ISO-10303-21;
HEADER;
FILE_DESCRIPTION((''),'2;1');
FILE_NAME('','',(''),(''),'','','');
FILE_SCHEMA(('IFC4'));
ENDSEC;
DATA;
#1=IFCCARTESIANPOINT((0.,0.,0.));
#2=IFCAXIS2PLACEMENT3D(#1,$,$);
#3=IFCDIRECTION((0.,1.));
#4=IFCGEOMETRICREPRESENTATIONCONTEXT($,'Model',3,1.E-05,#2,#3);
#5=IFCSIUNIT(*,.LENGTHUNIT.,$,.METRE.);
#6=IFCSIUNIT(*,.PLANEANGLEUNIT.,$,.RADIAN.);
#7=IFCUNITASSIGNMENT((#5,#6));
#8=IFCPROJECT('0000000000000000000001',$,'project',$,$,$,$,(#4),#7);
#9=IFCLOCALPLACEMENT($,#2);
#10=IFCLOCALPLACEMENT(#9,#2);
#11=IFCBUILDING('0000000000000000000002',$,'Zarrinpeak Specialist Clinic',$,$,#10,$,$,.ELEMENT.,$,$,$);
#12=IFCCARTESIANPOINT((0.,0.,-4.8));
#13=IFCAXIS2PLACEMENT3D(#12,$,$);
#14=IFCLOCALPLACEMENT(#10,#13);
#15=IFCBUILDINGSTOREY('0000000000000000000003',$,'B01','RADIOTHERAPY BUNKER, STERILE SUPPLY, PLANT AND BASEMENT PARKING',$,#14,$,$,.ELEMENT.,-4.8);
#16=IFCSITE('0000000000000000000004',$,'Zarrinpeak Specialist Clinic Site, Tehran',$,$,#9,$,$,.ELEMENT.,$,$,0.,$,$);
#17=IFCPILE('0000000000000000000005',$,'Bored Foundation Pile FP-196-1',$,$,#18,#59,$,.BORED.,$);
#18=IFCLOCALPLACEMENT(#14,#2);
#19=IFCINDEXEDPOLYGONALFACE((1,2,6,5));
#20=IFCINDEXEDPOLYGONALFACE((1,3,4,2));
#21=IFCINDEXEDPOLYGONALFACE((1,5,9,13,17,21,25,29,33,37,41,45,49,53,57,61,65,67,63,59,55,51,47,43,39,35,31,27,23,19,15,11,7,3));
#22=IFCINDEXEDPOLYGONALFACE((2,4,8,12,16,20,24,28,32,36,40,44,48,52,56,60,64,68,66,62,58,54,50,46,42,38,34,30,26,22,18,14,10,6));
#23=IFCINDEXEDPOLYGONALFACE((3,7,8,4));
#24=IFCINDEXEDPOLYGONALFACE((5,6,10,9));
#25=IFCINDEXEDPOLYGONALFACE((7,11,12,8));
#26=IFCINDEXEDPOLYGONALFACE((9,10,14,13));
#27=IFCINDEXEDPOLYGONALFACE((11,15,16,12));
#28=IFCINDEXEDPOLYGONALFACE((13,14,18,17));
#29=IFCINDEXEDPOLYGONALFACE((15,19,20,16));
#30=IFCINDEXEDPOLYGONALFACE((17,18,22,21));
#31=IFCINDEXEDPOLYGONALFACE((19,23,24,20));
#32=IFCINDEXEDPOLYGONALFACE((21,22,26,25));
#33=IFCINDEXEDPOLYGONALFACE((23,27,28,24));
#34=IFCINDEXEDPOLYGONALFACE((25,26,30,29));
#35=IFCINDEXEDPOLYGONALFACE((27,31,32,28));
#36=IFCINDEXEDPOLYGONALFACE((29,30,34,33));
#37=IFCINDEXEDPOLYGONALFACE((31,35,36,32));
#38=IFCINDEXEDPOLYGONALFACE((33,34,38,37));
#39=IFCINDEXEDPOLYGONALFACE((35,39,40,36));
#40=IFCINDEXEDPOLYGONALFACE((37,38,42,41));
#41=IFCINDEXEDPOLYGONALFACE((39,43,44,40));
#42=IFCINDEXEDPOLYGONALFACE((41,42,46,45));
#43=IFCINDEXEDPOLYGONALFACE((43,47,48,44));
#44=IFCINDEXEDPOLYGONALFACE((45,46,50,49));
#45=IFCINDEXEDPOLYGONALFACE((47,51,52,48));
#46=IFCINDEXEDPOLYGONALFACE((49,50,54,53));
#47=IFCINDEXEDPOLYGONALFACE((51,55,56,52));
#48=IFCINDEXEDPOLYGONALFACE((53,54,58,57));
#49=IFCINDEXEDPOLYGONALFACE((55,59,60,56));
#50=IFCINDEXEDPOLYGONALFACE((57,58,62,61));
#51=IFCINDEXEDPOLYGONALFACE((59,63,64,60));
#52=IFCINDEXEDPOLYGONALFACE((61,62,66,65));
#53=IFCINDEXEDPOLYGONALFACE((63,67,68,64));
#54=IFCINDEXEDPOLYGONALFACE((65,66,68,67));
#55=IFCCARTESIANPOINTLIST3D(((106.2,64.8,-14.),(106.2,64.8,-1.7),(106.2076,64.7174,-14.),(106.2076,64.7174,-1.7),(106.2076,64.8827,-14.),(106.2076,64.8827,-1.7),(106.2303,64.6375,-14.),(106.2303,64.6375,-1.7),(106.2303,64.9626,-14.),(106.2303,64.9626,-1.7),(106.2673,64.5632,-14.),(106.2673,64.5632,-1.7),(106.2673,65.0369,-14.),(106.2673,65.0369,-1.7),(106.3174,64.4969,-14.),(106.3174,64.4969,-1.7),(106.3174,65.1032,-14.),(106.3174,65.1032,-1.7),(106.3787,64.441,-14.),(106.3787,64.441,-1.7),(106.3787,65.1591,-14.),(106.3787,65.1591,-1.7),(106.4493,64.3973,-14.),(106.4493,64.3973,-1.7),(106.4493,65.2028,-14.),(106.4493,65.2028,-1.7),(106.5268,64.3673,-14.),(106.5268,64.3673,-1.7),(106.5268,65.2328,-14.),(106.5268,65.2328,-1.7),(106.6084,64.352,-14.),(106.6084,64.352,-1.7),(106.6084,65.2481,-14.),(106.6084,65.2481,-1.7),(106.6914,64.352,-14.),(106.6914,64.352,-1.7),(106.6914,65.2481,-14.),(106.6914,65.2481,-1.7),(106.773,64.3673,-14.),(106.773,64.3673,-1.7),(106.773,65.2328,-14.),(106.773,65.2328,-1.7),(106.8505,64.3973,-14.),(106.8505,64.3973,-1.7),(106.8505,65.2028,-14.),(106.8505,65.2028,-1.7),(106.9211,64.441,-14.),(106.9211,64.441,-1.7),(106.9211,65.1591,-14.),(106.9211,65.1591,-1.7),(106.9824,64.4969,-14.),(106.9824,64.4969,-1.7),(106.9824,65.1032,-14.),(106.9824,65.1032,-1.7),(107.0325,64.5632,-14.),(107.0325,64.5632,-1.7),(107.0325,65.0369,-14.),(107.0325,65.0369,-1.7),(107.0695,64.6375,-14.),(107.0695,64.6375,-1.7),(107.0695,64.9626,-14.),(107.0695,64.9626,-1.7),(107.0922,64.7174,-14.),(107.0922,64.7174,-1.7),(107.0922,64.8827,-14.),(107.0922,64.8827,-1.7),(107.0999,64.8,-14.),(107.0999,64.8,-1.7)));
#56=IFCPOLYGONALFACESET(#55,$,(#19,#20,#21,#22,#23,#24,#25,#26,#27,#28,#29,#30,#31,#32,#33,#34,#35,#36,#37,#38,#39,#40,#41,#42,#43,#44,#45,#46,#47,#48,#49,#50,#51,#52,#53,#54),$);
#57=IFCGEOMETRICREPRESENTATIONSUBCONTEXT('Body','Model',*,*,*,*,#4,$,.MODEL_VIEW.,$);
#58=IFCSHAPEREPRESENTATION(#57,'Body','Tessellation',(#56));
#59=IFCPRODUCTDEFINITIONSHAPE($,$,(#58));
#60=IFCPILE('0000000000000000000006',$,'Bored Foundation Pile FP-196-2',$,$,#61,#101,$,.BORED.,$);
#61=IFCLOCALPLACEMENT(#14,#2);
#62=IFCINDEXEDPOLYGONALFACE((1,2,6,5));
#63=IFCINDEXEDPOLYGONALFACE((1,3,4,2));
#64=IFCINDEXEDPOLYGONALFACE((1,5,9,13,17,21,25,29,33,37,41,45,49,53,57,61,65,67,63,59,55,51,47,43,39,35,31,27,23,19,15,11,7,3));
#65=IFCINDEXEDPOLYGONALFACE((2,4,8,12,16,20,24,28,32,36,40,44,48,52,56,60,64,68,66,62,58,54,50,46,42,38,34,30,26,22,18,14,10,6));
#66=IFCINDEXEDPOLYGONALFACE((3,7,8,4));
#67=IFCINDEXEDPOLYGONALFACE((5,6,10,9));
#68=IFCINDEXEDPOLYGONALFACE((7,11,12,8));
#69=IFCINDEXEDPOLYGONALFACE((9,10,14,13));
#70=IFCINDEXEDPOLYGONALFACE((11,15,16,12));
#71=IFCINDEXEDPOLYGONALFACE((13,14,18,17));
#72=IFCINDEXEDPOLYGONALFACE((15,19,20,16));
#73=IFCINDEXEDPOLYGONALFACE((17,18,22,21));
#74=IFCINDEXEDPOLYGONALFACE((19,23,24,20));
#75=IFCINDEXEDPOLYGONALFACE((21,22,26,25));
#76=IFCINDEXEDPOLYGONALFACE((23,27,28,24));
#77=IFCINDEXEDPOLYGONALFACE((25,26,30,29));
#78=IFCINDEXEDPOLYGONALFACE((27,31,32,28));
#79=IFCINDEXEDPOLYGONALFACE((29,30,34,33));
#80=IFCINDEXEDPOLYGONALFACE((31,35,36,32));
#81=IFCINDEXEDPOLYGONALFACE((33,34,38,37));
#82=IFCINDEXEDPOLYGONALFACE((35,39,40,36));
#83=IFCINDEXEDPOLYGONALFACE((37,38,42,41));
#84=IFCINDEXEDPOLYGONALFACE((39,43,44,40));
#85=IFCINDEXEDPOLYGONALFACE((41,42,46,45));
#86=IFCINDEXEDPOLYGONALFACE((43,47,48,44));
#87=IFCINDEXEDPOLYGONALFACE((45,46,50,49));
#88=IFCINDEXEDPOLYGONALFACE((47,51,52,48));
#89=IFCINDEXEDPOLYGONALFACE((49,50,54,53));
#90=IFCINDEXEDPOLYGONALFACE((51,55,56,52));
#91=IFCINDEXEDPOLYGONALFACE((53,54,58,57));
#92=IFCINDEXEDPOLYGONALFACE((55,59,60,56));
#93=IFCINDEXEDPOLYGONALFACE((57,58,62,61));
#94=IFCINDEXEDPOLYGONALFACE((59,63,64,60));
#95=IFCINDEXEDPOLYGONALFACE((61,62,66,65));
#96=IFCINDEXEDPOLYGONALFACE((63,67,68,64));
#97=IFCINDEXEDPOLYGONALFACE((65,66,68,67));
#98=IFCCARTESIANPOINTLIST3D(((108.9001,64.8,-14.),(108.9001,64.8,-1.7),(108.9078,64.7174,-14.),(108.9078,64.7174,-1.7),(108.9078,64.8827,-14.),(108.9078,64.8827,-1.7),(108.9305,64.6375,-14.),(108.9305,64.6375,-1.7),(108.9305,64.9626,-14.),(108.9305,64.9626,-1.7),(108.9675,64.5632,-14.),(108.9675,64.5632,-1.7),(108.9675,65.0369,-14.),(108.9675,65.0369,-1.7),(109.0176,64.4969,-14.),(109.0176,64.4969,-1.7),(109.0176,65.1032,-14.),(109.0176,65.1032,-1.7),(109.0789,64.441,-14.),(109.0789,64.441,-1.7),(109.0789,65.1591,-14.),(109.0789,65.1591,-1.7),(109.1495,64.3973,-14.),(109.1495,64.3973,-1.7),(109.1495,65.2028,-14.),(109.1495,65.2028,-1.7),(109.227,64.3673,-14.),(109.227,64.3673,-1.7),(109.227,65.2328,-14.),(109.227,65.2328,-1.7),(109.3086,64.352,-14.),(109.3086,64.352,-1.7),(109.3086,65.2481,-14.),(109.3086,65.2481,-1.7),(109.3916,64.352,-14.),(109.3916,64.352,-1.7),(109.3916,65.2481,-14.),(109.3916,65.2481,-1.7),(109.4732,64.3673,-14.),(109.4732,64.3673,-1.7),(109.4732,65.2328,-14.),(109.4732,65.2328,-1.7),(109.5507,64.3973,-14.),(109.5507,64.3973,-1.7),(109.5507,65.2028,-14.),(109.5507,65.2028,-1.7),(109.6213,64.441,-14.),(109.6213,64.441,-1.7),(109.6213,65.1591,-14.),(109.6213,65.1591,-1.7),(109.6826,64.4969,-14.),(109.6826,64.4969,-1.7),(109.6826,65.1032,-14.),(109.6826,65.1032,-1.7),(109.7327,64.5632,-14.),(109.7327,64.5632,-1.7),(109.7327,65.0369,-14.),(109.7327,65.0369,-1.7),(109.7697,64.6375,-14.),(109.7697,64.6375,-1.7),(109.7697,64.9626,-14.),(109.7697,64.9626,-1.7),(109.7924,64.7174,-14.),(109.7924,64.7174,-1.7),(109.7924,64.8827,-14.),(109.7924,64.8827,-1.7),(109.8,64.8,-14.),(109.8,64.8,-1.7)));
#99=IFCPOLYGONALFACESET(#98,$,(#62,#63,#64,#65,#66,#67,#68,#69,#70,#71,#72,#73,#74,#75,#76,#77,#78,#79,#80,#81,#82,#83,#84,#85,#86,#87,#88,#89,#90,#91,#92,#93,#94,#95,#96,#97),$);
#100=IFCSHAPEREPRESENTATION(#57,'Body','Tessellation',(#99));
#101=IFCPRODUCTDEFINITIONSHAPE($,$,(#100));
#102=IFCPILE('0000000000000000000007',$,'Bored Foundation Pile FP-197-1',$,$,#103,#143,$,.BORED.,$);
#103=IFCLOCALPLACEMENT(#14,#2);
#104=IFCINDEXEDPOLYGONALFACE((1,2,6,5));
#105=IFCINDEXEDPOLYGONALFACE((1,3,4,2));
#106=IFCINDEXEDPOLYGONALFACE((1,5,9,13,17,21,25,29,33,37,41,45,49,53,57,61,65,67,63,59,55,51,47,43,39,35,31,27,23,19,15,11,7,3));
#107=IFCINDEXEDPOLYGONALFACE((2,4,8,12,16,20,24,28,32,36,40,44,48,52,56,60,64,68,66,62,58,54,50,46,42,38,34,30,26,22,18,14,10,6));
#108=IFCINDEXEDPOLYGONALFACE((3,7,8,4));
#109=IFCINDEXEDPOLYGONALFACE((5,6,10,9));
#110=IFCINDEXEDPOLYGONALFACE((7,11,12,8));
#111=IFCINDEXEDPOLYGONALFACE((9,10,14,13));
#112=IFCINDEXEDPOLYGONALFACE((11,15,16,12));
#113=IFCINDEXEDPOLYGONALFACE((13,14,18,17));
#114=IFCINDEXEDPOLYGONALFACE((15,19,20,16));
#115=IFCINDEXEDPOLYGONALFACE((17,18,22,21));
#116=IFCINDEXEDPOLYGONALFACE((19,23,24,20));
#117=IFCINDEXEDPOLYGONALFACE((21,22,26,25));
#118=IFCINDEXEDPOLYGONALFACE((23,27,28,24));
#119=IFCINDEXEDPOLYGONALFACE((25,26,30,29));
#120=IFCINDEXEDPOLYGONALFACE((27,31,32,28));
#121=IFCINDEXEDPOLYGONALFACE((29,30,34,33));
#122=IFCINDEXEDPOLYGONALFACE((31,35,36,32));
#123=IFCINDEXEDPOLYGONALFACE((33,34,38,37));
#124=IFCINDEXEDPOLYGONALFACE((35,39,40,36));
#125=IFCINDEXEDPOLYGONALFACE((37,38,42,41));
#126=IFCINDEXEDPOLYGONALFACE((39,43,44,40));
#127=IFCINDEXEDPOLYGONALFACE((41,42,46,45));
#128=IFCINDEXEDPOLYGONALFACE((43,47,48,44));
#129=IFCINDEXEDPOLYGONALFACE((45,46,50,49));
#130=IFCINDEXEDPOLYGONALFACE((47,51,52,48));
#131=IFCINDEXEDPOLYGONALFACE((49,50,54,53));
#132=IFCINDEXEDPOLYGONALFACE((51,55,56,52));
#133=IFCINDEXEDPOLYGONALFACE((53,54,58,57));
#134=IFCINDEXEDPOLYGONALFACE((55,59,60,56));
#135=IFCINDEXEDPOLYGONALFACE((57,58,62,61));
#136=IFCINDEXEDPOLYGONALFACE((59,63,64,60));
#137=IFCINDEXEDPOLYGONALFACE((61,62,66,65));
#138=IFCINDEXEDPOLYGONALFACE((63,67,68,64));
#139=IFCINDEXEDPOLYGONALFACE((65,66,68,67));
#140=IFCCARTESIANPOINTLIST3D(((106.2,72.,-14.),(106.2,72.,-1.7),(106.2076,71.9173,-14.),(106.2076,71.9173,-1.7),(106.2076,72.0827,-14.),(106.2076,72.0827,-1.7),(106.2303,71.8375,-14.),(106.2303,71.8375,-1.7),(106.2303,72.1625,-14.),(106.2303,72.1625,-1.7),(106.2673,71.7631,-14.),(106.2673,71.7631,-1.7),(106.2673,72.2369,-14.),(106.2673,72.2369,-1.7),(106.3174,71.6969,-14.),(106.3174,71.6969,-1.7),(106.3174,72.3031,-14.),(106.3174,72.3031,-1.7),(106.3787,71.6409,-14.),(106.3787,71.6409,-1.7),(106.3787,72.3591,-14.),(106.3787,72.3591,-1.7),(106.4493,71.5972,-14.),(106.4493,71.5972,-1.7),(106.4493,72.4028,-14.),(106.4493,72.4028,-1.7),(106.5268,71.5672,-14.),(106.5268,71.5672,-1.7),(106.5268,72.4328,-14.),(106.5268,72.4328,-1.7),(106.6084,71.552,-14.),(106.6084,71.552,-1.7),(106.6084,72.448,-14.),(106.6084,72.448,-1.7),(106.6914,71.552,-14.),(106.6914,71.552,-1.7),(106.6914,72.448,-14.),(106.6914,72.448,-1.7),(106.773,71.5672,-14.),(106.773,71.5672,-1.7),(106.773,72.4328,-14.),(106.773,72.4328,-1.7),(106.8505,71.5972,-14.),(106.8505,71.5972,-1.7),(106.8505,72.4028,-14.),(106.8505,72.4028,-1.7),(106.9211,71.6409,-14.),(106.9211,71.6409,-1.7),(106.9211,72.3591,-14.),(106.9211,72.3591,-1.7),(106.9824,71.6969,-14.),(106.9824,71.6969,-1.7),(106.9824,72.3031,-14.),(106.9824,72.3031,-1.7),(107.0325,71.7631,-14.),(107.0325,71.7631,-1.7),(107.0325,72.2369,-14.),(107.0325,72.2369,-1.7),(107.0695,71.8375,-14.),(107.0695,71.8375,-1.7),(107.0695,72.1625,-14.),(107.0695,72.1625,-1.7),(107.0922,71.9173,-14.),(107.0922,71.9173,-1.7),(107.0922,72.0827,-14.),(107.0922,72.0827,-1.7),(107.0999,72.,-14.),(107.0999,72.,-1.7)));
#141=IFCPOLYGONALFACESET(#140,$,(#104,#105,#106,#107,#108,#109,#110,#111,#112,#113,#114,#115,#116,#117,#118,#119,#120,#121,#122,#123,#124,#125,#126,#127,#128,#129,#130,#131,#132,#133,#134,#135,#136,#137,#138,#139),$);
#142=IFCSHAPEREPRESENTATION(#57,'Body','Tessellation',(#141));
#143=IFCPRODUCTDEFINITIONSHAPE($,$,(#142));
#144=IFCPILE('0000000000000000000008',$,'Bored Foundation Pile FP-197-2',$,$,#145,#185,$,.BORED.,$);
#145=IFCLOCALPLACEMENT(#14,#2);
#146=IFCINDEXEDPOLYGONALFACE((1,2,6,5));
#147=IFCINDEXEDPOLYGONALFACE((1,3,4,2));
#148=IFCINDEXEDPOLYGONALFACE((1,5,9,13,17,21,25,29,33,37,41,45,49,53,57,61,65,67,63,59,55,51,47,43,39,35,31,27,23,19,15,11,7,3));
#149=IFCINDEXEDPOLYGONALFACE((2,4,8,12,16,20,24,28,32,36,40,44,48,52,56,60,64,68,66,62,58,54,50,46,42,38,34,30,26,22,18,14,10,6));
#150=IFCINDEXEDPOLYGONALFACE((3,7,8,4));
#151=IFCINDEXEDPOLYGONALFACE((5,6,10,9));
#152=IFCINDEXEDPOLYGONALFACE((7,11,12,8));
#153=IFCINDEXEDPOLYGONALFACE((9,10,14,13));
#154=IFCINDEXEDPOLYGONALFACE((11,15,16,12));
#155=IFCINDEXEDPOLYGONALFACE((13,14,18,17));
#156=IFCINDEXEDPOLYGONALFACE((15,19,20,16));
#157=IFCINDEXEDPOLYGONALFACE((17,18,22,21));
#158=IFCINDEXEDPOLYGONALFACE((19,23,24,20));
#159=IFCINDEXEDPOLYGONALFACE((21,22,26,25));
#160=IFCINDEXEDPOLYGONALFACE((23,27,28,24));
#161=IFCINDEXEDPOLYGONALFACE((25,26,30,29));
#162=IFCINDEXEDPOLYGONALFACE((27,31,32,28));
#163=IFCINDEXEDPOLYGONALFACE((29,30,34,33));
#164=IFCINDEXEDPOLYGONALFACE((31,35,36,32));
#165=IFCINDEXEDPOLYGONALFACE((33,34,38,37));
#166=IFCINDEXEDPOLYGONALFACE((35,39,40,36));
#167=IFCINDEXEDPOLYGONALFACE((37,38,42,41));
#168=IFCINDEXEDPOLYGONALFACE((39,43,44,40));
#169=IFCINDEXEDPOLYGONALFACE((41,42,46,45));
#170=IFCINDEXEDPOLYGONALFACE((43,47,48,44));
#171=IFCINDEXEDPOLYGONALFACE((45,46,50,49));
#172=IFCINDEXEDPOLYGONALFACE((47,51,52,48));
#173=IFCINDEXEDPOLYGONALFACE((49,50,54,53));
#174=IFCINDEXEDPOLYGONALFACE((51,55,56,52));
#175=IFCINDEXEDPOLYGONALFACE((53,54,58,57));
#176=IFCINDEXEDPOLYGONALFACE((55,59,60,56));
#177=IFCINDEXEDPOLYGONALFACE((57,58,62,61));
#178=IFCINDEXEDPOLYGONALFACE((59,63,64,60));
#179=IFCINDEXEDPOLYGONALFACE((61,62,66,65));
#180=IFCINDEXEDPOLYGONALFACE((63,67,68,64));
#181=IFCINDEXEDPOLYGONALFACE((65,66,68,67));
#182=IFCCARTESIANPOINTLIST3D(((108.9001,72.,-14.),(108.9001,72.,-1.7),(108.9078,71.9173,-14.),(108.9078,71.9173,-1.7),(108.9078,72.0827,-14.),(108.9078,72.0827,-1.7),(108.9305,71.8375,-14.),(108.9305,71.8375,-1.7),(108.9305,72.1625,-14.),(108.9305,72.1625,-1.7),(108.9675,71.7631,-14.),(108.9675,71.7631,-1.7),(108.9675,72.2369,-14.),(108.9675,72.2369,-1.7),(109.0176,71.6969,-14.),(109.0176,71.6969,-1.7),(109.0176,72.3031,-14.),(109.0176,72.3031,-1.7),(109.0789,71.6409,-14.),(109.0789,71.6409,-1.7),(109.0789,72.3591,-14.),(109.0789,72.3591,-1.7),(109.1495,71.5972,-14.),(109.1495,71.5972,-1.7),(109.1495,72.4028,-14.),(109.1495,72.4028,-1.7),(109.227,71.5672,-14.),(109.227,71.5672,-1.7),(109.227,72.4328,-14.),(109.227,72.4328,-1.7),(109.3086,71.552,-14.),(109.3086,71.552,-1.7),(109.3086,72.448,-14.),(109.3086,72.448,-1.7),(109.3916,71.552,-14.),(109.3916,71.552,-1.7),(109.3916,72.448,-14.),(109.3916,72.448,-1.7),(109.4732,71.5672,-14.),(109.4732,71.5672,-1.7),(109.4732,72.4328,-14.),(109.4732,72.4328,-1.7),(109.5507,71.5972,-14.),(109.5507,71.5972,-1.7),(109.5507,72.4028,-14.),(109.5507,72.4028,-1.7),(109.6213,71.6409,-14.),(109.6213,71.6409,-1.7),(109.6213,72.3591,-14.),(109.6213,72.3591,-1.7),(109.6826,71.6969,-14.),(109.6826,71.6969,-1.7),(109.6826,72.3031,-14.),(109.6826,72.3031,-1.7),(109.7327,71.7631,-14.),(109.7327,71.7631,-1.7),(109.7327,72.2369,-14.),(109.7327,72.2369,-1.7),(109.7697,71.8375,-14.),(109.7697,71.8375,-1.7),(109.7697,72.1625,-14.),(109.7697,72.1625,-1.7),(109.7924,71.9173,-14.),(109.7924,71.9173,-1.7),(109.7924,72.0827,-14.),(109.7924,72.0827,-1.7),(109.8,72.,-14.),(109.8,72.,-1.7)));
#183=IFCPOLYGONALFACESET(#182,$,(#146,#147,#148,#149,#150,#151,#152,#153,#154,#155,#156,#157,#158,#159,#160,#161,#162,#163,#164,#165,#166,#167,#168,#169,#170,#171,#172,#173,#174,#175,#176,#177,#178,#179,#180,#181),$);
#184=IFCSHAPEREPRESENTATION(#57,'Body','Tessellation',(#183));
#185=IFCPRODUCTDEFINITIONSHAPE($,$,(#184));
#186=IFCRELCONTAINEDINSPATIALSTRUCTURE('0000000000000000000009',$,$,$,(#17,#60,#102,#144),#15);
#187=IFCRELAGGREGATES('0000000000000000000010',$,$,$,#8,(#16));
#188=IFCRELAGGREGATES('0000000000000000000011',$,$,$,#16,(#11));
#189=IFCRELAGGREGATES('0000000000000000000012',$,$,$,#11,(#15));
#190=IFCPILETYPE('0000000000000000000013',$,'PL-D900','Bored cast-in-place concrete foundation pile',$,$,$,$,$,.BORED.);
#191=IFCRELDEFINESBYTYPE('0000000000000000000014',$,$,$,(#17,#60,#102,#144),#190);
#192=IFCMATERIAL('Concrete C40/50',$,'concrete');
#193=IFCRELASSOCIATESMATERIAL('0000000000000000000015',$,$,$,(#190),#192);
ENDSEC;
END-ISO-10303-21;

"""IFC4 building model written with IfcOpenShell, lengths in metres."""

from ifc_helpers import new_model, si_unit, direction, frame, origin, origin_2d, place, context, subcontext, project, spatial, circle, extrude, material, material_profile, profile_set, type_object, element, save


model = new_model("IFC4")

# Units and contexts
model_context = context("Model", 3, precision=1e-05, world=origin(), true_north=direction((0.0, 1.0)))
body_context = subcontext(model_context, "Body", "Model", "MODEL_VIEW")
ifc_project = project(units=[si_unit("LENGTHUNIT", "METRE"), si_unit("PLANEANGLEUNIT", "RADIAN")], contexts=[model_context])

# Site, building, storey
site_placement = place(None, origin())
site = spatial("IfcSite", under=ifc_project, at=site_placement, Name="Zarrinpeak Specialist Clinic Site, Tehran", CompositionType="ELEMENT", RefElevation=0.0)
building_placement = place(site_placement, origin())
building = spatial("IfcBuilding", under=site, at=building_placement, Name="Zarrinpeak Specialist Clinic", CompositionType="ELEMENT")
storey_placement = place(building_placement, frame((0.0, 0.0, -4.8)))
storey = spatial("IfcBuildingStorey", under=building, at=storey_placement, Name="B01", Description="RADIOTHERAPY BUNKER, STERILE SUPPLY, PLANT AND BASEMENT PARKING", CompositionType="ELEMENT", Elevation=-4.8)

# Shared definitions
ifc_material = material(Name="Concrete C40/50", Category="concrete")

# Piles
ifc_material_profile_1 = material_profile(ifc_material, circle(Radius=0.45, at=origin_2d()), Name="BORED PILE D900")
ifc_profile_set_1 = profile_set([ifc_material_profile_1], Name="Concrete C40/50")
pile_type = type_object("IfcPileType", Name="PL-D900", Description="Bored cast-in-place concrete foundation pile", PredefinedType="BORED", material=ifc_profile_set_1)
for number, where, z_axis, x_axis, name in (
    (1, (106.6499, 64.8, -1.7), (0.0, 0.0, -1.0), (1.0, 0.0, 0.0), "Bored Foundation Pile FP-196-1"),
    (2, (109.3501, 64.8, -1.7), (0.0, 0.0, -1.0), (1.0, 0.0, 0.0), "Bored Foundation Pile FP-196-2"),
    (3, (106.6499, 72.0, -1.7), (0.0, 0.0, -1.0), (1.0, 0.0, 0.0), "Bored Foundation Pile FP-197-1"),
    (4, (109.3501, 72.0, -1.7), (0.0, 0.0, -1.0), (1.0, 0.0, 0.0), "Bored Foundation Pile FP-197-2"),
):
    element("IfcPile", number, at=place(storey_placement, frame(where, z_axis=z_axis, x_axis=x_axis)), inside=storey, type_object=pile_type, Name=name, PredefinedType="BORED", context=body_context, shape_type="SweptSolid", body=[
        extrude(circle(Radius=0.45, at=origin_2d()), origin(), (0.0, 0.0, 1.0), 12.3),
    ])

save(model, "model.ifc")
